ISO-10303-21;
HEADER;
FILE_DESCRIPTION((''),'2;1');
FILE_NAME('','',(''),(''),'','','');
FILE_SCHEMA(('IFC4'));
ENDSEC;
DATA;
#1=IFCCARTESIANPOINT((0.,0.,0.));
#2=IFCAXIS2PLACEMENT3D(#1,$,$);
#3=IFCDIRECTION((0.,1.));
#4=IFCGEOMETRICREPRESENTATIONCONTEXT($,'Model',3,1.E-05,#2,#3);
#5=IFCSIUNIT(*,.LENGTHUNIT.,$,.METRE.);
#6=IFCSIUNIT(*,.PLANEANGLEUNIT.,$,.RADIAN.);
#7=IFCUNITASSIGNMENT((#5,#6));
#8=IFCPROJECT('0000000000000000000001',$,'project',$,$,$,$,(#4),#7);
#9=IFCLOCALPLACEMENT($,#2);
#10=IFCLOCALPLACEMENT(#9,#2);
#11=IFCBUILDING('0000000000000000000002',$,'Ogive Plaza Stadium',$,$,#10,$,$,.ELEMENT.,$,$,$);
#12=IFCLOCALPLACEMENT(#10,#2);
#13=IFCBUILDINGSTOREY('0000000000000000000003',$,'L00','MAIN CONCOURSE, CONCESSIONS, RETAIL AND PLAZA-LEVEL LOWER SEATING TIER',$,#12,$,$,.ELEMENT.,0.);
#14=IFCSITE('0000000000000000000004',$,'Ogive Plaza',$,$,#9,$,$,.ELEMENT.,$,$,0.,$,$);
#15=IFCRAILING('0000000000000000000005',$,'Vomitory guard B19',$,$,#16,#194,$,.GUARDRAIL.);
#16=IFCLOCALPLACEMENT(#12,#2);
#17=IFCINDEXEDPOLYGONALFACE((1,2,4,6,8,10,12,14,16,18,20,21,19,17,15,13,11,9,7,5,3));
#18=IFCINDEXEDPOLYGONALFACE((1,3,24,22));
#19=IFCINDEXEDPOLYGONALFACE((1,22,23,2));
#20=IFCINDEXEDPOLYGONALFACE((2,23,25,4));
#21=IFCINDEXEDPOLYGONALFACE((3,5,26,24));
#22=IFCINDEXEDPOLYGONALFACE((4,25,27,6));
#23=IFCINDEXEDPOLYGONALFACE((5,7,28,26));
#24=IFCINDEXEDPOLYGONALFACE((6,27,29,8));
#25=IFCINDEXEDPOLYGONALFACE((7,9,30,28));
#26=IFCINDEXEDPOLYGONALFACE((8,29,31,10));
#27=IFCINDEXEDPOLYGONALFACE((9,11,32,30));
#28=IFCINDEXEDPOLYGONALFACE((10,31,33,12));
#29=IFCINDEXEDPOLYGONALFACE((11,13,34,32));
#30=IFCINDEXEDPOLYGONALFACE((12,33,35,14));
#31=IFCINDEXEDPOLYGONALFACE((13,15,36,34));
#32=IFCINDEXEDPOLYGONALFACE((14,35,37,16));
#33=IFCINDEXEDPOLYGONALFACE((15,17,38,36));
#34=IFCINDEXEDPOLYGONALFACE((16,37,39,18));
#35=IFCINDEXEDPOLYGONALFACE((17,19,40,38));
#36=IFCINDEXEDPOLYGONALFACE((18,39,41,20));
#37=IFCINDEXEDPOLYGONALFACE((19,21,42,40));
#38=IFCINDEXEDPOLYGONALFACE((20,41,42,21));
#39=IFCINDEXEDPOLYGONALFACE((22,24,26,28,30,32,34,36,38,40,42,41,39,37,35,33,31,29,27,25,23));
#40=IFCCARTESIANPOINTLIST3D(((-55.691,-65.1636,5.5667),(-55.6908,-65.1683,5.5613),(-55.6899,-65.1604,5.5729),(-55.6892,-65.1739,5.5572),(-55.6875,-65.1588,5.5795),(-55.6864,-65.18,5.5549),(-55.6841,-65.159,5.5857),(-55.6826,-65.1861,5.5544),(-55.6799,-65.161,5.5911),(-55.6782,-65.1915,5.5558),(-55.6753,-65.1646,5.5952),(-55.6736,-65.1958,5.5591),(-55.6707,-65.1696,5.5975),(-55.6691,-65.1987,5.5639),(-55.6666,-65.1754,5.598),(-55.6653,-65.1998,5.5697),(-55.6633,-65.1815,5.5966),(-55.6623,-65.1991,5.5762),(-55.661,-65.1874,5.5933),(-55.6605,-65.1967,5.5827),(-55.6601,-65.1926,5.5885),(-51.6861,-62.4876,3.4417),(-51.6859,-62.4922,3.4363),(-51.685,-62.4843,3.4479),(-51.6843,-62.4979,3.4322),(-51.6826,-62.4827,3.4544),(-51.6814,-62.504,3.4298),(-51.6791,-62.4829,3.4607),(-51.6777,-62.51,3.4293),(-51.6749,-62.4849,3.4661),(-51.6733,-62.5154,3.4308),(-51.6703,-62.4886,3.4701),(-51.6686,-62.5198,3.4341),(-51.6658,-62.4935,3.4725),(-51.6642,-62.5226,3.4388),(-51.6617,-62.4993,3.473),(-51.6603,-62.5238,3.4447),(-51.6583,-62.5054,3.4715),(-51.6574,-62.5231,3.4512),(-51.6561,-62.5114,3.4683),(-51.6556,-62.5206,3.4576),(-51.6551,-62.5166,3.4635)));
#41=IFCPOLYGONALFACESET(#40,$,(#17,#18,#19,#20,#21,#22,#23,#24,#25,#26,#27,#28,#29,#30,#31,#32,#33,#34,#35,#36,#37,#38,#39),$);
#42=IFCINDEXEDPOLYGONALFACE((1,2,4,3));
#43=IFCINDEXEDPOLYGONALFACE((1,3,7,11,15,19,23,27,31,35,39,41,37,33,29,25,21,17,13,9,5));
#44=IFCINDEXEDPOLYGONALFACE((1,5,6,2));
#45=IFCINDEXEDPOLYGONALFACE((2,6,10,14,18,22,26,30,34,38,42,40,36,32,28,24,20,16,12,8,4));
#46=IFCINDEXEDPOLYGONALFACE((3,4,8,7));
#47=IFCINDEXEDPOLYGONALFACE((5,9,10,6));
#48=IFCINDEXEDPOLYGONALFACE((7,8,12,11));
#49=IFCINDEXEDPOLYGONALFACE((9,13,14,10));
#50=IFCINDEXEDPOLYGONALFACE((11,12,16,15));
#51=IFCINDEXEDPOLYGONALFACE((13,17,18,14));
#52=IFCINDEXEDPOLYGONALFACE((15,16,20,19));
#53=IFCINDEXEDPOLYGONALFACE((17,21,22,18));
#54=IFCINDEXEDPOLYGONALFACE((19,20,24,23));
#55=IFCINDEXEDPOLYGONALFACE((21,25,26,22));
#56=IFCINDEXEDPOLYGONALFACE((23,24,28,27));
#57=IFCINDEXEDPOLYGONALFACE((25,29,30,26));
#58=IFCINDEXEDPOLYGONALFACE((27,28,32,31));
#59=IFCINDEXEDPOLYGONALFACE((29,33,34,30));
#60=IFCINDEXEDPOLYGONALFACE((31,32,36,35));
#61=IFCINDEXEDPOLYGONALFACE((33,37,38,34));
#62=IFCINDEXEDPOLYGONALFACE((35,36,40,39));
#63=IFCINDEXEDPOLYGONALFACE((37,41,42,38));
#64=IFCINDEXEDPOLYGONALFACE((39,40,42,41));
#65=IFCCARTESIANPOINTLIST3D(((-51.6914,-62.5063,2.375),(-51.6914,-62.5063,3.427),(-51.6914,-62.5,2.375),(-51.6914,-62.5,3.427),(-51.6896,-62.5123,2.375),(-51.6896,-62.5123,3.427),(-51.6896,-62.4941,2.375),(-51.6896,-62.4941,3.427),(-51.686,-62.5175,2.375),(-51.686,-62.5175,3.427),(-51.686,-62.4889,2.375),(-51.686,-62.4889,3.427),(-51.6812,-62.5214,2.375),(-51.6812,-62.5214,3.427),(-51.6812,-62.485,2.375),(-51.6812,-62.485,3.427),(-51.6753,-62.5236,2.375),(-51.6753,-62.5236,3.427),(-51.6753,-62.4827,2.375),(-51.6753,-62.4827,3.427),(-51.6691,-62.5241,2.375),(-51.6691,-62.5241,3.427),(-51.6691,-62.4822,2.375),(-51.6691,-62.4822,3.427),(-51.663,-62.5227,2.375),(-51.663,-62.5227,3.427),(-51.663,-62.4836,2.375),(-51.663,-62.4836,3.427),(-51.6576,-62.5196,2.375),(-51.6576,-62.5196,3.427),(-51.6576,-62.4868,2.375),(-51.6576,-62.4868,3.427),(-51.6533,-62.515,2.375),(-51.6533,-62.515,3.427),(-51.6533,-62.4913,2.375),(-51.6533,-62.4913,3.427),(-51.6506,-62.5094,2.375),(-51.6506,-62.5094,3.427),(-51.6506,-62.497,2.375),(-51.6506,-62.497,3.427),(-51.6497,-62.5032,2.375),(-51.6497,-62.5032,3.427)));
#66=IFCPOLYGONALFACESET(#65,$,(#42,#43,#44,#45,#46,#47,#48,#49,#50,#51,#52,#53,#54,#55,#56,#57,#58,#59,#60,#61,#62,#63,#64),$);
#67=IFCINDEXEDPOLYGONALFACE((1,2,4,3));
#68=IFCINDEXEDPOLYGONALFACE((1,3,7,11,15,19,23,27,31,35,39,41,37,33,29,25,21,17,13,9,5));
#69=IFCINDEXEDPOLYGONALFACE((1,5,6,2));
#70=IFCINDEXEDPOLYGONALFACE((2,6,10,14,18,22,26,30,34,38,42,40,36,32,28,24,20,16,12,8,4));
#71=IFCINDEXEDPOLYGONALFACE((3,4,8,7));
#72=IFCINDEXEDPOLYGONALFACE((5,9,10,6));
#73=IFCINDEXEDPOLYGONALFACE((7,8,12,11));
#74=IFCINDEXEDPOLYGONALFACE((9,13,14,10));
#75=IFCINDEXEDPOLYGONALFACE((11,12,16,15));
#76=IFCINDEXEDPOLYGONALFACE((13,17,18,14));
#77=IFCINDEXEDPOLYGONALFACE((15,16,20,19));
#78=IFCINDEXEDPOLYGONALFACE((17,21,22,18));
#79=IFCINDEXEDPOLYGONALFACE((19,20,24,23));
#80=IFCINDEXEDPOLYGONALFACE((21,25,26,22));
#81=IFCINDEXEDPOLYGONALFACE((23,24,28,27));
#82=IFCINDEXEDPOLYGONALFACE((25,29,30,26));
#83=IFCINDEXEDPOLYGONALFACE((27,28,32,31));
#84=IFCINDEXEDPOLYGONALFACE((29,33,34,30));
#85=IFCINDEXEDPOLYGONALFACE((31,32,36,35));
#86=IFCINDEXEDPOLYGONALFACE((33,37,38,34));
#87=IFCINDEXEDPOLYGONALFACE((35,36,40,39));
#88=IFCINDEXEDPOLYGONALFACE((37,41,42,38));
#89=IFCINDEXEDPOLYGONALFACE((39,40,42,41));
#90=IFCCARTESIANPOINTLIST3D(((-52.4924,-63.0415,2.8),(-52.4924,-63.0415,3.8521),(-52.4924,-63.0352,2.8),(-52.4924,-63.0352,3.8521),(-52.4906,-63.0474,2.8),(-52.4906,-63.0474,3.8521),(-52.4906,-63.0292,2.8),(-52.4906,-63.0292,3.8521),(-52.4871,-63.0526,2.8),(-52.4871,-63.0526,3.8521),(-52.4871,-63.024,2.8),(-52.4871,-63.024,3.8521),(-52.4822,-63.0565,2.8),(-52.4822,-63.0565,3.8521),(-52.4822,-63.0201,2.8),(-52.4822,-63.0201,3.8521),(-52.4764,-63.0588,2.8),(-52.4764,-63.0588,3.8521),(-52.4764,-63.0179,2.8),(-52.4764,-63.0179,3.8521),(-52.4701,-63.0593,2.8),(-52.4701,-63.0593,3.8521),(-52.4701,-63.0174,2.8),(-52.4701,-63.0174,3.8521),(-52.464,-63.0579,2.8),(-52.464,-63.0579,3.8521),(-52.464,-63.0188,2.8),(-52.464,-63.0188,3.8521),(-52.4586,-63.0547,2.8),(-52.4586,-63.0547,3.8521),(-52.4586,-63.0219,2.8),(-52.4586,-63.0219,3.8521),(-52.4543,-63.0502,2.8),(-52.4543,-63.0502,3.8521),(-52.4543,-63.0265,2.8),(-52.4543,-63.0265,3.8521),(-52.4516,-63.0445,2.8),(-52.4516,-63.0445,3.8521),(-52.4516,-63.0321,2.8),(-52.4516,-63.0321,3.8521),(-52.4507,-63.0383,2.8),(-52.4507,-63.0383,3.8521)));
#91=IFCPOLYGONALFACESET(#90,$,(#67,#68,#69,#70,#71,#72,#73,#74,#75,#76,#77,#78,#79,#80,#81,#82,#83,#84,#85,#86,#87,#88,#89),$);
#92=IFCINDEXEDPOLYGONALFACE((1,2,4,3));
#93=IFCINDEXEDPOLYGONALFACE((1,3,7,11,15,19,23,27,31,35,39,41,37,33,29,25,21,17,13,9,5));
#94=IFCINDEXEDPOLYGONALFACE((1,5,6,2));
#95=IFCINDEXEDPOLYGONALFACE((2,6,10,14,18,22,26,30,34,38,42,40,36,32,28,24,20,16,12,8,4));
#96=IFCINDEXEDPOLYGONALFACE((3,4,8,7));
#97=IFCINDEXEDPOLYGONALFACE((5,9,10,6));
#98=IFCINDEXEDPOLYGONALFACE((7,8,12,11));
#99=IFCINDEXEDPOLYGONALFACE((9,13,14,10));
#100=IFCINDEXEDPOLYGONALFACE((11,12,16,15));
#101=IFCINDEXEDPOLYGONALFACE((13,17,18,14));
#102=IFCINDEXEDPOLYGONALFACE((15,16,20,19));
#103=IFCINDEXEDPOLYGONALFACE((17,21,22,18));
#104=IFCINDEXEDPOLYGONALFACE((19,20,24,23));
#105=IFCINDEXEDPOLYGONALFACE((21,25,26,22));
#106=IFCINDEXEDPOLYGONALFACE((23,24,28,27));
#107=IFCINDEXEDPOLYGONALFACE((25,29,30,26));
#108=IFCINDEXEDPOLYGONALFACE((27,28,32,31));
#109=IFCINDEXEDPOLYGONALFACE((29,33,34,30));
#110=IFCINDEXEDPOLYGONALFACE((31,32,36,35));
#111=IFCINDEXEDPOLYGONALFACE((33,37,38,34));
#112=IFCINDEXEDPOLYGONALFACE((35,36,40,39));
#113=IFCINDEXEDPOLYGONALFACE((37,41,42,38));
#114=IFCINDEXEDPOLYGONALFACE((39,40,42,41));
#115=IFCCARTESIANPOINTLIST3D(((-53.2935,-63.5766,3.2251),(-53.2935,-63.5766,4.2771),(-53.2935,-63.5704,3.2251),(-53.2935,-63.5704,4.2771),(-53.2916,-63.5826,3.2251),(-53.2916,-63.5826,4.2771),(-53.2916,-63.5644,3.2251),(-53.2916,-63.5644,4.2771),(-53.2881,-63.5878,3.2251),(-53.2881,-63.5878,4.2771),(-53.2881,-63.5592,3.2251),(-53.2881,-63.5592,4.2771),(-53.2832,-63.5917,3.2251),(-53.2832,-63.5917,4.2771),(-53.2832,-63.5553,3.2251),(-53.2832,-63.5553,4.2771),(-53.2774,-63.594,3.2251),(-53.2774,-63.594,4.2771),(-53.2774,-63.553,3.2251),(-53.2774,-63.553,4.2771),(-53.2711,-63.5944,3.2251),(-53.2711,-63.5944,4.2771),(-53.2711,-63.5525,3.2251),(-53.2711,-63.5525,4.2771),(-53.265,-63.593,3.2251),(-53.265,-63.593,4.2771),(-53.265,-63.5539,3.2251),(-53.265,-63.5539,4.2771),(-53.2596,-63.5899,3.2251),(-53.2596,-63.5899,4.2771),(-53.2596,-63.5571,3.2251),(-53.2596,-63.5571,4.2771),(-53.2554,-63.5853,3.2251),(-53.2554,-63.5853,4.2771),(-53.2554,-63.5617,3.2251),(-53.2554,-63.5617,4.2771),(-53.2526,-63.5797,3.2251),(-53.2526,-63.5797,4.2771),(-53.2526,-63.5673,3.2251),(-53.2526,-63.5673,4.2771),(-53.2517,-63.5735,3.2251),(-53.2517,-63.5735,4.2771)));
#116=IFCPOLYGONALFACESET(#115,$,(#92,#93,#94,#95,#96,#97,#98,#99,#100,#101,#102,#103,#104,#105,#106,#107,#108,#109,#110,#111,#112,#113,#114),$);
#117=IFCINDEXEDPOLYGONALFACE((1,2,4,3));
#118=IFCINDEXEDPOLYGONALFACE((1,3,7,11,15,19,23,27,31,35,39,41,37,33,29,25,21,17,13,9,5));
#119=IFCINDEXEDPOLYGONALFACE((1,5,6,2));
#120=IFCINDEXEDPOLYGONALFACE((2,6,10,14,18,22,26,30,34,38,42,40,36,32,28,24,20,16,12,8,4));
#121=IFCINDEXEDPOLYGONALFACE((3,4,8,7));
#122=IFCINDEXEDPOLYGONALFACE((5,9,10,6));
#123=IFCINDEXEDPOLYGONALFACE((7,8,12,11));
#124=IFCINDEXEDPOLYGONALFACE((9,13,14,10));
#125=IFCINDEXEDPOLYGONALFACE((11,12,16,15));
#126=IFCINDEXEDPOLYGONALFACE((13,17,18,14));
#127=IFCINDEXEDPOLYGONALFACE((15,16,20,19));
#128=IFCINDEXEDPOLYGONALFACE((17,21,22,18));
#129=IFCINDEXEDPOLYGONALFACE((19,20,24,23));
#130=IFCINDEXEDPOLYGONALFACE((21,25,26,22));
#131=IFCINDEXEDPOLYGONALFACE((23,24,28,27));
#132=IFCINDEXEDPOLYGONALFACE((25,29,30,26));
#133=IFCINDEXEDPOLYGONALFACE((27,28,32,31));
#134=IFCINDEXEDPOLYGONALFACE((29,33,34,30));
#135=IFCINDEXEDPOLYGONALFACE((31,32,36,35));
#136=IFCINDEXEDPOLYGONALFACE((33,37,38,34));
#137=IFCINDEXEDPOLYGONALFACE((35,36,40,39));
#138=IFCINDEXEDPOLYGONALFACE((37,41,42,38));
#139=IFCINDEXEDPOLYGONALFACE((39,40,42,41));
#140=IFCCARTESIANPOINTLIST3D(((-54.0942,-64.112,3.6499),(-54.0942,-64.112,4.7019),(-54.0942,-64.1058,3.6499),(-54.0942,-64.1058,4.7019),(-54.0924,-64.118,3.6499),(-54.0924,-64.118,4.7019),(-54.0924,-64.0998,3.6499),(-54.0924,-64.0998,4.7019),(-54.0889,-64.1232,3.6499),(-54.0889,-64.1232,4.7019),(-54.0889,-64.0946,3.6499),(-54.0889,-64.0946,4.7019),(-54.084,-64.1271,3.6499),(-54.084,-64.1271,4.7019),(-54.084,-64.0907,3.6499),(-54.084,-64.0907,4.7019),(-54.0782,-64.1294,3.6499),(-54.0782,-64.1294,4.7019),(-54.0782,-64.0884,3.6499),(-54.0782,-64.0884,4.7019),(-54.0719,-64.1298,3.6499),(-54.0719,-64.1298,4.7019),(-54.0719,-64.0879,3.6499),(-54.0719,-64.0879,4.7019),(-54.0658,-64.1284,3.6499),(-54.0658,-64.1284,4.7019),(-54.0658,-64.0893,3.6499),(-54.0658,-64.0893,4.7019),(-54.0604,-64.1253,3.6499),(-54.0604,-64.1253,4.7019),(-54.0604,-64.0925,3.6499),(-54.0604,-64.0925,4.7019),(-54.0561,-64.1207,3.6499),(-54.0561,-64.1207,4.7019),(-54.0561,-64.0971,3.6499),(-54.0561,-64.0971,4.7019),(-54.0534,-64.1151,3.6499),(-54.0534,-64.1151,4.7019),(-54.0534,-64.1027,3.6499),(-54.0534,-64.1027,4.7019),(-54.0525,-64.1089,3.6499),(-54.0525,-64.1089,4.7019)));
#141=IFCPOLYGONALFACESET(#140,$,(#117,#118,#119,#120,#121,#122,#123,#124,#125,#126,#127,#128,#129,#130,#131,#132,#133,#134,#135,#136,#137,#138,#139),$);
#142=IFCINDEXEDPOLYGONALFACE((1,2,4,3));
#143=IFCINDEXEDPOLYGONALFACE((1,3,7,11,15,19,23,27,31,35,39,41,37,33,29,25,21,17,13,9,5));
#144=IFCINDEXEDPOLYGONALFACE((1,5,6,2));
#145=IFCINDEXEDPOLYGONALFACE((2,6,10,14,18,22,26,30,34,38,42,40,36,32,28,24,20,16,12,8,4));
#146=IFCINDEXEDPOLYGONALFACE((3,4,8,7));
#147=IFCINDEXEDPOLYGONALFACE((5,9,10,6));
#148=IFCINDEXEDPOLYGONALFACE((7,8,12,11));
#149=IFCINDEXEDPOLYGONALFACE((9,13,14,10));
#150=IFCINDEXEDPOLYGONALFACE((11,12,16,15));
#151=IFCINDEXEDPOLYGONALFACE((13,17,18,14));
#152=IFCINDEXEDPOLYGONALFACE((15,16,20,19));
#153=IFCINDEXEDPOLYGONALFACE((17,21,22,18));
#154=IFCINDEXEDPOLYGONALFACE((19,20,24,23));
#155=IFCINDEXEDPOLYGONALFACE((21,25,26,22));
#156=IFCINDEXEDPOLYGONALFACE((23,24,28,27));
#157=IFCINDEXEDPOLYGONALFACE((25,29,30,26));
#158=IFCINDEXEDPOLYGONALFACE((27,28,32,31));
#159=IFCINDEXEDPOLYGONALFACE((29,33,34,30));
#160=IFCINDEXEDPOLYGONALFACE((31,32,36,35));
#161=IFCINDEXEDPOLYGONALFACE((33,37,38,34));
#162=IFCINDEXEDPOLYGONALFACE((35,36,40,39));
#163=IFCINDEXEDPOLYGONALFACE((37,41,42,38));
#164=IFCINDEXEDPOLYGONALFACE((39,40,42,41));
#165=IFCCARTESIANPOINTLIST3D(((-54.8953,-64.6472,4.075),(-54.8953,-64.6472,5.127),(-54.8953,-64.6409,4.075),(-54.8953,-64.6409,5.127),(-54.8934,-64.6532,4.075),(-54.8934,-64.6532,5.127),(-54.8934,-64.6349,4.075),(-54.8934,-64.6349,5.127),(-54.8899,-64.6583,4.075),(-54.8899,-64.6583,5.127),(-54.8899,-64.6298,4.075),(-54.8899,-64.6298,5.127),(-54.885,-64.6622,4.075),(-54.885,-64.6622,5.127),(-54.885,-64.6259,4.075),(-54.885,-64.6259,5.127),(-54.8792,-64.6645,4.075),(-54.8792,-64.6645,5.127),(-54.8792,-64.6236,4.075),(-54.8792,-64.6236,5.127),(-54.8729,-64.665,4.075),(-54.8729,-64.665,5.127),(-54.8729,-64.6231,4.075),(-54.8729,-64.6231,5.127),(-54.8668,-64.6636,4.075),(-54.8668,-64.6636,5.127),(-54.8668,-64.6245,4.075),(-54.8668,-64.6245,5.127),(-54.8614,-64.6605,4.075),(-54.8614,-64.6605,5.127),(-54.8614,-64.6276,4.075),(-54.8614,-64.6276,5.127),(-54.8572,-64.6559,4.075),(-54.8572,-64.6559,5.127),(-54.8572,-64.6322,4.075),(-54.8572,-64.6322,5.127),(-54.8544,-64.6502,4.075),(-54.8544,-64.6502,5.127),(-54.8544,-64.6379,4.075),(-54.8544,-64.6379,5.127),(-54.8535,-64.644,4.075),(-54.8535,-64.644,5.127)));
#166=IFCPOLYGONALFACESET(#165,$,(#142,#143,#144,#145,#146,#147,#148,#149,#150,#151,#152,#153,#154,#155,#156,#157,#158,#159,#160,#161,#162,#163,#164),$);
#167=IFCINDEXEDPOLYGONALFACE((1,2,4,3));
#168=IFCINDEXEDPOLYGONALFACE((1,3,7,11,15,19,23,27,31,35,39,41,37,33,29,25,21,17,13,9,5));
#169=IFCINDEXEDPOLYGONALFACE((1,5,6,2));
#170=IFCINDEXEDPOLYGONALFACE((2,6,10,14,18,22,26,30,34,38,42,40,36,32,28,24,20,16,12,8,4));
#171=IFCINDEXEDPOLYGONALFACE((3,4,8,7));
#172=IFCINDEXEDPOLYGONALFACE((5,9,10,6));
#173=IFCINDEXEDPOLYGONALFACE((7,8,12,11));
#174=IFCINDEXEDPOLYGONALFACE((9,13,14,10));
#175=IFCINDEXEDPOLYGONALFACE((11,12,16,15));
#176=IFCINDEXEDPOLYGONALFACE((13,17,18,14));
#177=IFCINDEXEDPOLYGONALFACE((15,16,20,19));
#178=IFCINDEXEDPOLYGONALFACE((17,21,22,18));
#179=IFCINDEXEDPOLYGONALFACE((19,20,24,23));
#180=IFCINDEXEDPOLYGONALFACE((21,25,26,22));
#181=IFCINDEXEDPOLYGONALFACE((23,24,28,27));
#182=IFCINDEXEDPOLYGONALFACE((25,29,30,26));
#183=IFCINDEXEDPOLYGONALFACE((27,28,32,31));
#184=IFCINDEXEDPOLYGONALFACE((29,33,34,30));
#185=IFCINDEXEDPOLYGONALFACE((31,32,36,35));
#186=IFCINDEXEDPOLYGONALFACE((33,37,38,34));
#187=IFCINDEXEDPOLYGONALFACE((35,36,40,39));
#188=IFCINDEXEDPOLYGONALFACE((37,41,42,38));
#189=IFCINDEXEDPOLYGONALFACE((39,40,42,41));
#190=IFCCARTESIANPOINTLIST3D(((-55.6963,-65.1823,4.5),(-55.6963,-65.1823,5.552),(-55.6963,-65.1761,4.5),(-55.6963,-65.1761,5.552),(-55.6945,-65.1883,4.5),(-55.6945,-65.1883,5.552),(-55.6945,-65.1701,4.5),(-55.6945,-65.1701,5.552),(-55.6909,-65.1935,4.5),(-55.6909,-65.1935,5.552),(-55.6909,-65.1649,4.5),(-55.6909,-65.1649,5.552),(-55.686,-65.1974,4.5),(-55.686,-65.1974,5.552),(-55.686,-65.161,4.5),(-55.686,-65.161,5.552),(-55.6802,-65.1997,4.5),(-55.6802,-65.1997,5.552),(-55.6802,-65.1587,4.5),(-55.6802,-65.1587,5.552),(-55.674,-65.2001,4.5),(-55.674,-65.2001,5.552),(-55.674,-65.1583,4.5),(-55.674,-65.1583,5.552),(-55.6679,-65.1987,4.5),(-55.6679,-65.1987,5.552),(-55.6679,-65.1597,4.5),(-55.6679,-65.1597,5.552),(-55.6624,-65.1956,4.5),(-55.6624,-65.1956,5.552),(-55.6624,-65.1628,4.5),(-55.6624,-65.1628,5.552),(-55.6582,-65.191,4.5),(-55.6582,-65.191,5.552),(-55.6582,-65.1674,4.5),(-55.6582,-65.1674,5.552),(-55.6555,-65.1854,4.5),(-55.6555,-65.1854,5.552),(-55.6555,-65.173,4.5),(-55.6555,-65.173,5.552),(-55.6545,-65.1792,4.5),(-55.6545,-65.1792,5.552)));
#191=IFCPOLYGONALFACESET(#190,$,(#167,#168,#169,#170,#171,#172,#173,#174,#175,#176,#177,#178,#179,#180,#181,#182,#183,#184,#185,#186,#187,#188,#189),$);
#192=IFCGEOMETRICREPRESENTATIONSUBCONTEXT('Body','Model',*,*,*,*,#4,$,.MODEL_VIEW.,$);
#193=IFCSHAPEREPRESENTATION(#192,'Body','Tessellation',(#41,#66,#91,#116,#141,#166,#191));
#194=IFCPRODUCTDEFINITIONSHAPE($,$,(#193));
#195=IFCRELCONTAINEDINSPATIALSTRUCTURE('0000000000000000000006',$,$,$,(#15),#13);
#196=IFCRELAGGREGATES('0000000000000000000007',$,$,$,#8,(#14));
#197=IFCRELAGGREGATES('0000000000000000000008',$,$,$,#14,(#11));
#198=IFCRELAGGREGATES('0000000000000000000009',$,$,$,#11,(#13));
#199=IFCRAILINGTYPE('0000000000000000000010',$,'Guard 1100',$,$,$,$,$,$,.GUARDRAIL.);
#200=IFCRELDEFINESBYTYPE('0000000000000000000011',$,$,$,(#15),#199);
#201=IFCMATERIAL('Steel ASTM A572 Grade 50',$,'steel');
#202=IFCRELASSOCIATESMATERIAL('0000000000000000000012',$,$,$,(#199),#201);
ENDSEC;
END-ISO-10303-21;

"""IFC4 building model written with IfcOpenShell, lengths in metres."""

from ifc_helpers import new_model, si_unit, direction, frame, origin, origin_2d, place, context, subcontext, project, spatial, circle, extrude, material, type_object, element, save


model = new_model("IFC4")

# Units and contexts
model_context = context("Model", 3, precision=1e-05, world=origin(), true_north=direction((0.0, 1.0)))
body_context = subcontext(model_context, "Body", "Model", "MODEL_VIEW")
ifc_project = project(units=[si_unit("LENGTHUNIT", "METRE"), si_unit("PLANEANGLEUNIT", "RADIAN")], contexts=[model_context])

# Site, building, storey
site_placement = place(None, origin())
site = spatial("IfcSite", under=ifc_project, at=site_placement, Name="Ogive Plaza", CompositionType="ELEMENT", RefElevation=0.0)
building_placement = place(site_placement, origin())
building = spatial("IfcBuilding", under=site, at=building_placement, Name="Ogive Plaza Stadium", CompositionType="ELEMENT")
storey_placement = place(building_placement, origin())
storey = spatial("IfcBuildingStorey", under=building, at=storey_placement, Name="L00", Description="MAIN CONCOURSE, CONCESSIONS, RETAIL AND PLAZA-LEVEL LOWER SEATING TIER", CompositionType="ELEMENT", Elevation=0.0)

# Railing
ifc_material_1 = material(Name="Steel ASTM A572 Grade 50", Category="steel")
railing_type = type_object("IfcRailingType", Name="Guard 1100", PredefinedType="GUARDRAIL", material=ifc_material_1)
for number, where, name in (
    (1, (-51.6707, -62.5032, 2.375), "Vomitory guard B19"),
):
    element("IfcRailing", number, at=place(storey_placement, frame(where)), inside=storey, type_object=railing_type, Name=name, PredefinedType="GUARDRAIL", context=body_context, shape_type="SweptSolid", body=[
        extrude(circle(Radius=0.0239, at=origin_2d()), frame((0.0, 0.0, 1.0762), z_axis=(-0.760722, -0.508307, 0.403641), x_axis=(0.555577, -0.831465, 0.0)), (0.0, 0.0, 1.0), 5.2646),
        extrude(circle(Radius=0.021, at=origin_2d()), origin(), (0.0, 0.0, 1.0), 1.052),
        extrude(circle(Radius=0.021, at=origin_2d()), frame((-0.801, -0.5352, 0.425)), (0.0, 0.0, 1.0), 1.052),
        extrude(circle(Radius=0.021, at=origin_2d()), frame((-1.6021, -1.0703, 0.8501)), (0.0, 0.0, 1.0), 1.052),
        extrude(circle(Radius=0.021, at=origin_2d()), frame((-2.4028, -1.6057, 1.2749)), (0.0, 0.0, 1.0), 1.052),
        extrude(circle(Radius=0.021, at=origin_2d()), frame((-3.2039, -2.1409, 1.7)), (0.0, 0.0, 1.0), 1.052),
        extrude(circle(Radius=0.021, at=origin_2d()), frame((-4.0049, -2.676, 2.125)), (0.0, 0.0, 1.0), 1.052),
    ])

save(model, "model.ifc")
